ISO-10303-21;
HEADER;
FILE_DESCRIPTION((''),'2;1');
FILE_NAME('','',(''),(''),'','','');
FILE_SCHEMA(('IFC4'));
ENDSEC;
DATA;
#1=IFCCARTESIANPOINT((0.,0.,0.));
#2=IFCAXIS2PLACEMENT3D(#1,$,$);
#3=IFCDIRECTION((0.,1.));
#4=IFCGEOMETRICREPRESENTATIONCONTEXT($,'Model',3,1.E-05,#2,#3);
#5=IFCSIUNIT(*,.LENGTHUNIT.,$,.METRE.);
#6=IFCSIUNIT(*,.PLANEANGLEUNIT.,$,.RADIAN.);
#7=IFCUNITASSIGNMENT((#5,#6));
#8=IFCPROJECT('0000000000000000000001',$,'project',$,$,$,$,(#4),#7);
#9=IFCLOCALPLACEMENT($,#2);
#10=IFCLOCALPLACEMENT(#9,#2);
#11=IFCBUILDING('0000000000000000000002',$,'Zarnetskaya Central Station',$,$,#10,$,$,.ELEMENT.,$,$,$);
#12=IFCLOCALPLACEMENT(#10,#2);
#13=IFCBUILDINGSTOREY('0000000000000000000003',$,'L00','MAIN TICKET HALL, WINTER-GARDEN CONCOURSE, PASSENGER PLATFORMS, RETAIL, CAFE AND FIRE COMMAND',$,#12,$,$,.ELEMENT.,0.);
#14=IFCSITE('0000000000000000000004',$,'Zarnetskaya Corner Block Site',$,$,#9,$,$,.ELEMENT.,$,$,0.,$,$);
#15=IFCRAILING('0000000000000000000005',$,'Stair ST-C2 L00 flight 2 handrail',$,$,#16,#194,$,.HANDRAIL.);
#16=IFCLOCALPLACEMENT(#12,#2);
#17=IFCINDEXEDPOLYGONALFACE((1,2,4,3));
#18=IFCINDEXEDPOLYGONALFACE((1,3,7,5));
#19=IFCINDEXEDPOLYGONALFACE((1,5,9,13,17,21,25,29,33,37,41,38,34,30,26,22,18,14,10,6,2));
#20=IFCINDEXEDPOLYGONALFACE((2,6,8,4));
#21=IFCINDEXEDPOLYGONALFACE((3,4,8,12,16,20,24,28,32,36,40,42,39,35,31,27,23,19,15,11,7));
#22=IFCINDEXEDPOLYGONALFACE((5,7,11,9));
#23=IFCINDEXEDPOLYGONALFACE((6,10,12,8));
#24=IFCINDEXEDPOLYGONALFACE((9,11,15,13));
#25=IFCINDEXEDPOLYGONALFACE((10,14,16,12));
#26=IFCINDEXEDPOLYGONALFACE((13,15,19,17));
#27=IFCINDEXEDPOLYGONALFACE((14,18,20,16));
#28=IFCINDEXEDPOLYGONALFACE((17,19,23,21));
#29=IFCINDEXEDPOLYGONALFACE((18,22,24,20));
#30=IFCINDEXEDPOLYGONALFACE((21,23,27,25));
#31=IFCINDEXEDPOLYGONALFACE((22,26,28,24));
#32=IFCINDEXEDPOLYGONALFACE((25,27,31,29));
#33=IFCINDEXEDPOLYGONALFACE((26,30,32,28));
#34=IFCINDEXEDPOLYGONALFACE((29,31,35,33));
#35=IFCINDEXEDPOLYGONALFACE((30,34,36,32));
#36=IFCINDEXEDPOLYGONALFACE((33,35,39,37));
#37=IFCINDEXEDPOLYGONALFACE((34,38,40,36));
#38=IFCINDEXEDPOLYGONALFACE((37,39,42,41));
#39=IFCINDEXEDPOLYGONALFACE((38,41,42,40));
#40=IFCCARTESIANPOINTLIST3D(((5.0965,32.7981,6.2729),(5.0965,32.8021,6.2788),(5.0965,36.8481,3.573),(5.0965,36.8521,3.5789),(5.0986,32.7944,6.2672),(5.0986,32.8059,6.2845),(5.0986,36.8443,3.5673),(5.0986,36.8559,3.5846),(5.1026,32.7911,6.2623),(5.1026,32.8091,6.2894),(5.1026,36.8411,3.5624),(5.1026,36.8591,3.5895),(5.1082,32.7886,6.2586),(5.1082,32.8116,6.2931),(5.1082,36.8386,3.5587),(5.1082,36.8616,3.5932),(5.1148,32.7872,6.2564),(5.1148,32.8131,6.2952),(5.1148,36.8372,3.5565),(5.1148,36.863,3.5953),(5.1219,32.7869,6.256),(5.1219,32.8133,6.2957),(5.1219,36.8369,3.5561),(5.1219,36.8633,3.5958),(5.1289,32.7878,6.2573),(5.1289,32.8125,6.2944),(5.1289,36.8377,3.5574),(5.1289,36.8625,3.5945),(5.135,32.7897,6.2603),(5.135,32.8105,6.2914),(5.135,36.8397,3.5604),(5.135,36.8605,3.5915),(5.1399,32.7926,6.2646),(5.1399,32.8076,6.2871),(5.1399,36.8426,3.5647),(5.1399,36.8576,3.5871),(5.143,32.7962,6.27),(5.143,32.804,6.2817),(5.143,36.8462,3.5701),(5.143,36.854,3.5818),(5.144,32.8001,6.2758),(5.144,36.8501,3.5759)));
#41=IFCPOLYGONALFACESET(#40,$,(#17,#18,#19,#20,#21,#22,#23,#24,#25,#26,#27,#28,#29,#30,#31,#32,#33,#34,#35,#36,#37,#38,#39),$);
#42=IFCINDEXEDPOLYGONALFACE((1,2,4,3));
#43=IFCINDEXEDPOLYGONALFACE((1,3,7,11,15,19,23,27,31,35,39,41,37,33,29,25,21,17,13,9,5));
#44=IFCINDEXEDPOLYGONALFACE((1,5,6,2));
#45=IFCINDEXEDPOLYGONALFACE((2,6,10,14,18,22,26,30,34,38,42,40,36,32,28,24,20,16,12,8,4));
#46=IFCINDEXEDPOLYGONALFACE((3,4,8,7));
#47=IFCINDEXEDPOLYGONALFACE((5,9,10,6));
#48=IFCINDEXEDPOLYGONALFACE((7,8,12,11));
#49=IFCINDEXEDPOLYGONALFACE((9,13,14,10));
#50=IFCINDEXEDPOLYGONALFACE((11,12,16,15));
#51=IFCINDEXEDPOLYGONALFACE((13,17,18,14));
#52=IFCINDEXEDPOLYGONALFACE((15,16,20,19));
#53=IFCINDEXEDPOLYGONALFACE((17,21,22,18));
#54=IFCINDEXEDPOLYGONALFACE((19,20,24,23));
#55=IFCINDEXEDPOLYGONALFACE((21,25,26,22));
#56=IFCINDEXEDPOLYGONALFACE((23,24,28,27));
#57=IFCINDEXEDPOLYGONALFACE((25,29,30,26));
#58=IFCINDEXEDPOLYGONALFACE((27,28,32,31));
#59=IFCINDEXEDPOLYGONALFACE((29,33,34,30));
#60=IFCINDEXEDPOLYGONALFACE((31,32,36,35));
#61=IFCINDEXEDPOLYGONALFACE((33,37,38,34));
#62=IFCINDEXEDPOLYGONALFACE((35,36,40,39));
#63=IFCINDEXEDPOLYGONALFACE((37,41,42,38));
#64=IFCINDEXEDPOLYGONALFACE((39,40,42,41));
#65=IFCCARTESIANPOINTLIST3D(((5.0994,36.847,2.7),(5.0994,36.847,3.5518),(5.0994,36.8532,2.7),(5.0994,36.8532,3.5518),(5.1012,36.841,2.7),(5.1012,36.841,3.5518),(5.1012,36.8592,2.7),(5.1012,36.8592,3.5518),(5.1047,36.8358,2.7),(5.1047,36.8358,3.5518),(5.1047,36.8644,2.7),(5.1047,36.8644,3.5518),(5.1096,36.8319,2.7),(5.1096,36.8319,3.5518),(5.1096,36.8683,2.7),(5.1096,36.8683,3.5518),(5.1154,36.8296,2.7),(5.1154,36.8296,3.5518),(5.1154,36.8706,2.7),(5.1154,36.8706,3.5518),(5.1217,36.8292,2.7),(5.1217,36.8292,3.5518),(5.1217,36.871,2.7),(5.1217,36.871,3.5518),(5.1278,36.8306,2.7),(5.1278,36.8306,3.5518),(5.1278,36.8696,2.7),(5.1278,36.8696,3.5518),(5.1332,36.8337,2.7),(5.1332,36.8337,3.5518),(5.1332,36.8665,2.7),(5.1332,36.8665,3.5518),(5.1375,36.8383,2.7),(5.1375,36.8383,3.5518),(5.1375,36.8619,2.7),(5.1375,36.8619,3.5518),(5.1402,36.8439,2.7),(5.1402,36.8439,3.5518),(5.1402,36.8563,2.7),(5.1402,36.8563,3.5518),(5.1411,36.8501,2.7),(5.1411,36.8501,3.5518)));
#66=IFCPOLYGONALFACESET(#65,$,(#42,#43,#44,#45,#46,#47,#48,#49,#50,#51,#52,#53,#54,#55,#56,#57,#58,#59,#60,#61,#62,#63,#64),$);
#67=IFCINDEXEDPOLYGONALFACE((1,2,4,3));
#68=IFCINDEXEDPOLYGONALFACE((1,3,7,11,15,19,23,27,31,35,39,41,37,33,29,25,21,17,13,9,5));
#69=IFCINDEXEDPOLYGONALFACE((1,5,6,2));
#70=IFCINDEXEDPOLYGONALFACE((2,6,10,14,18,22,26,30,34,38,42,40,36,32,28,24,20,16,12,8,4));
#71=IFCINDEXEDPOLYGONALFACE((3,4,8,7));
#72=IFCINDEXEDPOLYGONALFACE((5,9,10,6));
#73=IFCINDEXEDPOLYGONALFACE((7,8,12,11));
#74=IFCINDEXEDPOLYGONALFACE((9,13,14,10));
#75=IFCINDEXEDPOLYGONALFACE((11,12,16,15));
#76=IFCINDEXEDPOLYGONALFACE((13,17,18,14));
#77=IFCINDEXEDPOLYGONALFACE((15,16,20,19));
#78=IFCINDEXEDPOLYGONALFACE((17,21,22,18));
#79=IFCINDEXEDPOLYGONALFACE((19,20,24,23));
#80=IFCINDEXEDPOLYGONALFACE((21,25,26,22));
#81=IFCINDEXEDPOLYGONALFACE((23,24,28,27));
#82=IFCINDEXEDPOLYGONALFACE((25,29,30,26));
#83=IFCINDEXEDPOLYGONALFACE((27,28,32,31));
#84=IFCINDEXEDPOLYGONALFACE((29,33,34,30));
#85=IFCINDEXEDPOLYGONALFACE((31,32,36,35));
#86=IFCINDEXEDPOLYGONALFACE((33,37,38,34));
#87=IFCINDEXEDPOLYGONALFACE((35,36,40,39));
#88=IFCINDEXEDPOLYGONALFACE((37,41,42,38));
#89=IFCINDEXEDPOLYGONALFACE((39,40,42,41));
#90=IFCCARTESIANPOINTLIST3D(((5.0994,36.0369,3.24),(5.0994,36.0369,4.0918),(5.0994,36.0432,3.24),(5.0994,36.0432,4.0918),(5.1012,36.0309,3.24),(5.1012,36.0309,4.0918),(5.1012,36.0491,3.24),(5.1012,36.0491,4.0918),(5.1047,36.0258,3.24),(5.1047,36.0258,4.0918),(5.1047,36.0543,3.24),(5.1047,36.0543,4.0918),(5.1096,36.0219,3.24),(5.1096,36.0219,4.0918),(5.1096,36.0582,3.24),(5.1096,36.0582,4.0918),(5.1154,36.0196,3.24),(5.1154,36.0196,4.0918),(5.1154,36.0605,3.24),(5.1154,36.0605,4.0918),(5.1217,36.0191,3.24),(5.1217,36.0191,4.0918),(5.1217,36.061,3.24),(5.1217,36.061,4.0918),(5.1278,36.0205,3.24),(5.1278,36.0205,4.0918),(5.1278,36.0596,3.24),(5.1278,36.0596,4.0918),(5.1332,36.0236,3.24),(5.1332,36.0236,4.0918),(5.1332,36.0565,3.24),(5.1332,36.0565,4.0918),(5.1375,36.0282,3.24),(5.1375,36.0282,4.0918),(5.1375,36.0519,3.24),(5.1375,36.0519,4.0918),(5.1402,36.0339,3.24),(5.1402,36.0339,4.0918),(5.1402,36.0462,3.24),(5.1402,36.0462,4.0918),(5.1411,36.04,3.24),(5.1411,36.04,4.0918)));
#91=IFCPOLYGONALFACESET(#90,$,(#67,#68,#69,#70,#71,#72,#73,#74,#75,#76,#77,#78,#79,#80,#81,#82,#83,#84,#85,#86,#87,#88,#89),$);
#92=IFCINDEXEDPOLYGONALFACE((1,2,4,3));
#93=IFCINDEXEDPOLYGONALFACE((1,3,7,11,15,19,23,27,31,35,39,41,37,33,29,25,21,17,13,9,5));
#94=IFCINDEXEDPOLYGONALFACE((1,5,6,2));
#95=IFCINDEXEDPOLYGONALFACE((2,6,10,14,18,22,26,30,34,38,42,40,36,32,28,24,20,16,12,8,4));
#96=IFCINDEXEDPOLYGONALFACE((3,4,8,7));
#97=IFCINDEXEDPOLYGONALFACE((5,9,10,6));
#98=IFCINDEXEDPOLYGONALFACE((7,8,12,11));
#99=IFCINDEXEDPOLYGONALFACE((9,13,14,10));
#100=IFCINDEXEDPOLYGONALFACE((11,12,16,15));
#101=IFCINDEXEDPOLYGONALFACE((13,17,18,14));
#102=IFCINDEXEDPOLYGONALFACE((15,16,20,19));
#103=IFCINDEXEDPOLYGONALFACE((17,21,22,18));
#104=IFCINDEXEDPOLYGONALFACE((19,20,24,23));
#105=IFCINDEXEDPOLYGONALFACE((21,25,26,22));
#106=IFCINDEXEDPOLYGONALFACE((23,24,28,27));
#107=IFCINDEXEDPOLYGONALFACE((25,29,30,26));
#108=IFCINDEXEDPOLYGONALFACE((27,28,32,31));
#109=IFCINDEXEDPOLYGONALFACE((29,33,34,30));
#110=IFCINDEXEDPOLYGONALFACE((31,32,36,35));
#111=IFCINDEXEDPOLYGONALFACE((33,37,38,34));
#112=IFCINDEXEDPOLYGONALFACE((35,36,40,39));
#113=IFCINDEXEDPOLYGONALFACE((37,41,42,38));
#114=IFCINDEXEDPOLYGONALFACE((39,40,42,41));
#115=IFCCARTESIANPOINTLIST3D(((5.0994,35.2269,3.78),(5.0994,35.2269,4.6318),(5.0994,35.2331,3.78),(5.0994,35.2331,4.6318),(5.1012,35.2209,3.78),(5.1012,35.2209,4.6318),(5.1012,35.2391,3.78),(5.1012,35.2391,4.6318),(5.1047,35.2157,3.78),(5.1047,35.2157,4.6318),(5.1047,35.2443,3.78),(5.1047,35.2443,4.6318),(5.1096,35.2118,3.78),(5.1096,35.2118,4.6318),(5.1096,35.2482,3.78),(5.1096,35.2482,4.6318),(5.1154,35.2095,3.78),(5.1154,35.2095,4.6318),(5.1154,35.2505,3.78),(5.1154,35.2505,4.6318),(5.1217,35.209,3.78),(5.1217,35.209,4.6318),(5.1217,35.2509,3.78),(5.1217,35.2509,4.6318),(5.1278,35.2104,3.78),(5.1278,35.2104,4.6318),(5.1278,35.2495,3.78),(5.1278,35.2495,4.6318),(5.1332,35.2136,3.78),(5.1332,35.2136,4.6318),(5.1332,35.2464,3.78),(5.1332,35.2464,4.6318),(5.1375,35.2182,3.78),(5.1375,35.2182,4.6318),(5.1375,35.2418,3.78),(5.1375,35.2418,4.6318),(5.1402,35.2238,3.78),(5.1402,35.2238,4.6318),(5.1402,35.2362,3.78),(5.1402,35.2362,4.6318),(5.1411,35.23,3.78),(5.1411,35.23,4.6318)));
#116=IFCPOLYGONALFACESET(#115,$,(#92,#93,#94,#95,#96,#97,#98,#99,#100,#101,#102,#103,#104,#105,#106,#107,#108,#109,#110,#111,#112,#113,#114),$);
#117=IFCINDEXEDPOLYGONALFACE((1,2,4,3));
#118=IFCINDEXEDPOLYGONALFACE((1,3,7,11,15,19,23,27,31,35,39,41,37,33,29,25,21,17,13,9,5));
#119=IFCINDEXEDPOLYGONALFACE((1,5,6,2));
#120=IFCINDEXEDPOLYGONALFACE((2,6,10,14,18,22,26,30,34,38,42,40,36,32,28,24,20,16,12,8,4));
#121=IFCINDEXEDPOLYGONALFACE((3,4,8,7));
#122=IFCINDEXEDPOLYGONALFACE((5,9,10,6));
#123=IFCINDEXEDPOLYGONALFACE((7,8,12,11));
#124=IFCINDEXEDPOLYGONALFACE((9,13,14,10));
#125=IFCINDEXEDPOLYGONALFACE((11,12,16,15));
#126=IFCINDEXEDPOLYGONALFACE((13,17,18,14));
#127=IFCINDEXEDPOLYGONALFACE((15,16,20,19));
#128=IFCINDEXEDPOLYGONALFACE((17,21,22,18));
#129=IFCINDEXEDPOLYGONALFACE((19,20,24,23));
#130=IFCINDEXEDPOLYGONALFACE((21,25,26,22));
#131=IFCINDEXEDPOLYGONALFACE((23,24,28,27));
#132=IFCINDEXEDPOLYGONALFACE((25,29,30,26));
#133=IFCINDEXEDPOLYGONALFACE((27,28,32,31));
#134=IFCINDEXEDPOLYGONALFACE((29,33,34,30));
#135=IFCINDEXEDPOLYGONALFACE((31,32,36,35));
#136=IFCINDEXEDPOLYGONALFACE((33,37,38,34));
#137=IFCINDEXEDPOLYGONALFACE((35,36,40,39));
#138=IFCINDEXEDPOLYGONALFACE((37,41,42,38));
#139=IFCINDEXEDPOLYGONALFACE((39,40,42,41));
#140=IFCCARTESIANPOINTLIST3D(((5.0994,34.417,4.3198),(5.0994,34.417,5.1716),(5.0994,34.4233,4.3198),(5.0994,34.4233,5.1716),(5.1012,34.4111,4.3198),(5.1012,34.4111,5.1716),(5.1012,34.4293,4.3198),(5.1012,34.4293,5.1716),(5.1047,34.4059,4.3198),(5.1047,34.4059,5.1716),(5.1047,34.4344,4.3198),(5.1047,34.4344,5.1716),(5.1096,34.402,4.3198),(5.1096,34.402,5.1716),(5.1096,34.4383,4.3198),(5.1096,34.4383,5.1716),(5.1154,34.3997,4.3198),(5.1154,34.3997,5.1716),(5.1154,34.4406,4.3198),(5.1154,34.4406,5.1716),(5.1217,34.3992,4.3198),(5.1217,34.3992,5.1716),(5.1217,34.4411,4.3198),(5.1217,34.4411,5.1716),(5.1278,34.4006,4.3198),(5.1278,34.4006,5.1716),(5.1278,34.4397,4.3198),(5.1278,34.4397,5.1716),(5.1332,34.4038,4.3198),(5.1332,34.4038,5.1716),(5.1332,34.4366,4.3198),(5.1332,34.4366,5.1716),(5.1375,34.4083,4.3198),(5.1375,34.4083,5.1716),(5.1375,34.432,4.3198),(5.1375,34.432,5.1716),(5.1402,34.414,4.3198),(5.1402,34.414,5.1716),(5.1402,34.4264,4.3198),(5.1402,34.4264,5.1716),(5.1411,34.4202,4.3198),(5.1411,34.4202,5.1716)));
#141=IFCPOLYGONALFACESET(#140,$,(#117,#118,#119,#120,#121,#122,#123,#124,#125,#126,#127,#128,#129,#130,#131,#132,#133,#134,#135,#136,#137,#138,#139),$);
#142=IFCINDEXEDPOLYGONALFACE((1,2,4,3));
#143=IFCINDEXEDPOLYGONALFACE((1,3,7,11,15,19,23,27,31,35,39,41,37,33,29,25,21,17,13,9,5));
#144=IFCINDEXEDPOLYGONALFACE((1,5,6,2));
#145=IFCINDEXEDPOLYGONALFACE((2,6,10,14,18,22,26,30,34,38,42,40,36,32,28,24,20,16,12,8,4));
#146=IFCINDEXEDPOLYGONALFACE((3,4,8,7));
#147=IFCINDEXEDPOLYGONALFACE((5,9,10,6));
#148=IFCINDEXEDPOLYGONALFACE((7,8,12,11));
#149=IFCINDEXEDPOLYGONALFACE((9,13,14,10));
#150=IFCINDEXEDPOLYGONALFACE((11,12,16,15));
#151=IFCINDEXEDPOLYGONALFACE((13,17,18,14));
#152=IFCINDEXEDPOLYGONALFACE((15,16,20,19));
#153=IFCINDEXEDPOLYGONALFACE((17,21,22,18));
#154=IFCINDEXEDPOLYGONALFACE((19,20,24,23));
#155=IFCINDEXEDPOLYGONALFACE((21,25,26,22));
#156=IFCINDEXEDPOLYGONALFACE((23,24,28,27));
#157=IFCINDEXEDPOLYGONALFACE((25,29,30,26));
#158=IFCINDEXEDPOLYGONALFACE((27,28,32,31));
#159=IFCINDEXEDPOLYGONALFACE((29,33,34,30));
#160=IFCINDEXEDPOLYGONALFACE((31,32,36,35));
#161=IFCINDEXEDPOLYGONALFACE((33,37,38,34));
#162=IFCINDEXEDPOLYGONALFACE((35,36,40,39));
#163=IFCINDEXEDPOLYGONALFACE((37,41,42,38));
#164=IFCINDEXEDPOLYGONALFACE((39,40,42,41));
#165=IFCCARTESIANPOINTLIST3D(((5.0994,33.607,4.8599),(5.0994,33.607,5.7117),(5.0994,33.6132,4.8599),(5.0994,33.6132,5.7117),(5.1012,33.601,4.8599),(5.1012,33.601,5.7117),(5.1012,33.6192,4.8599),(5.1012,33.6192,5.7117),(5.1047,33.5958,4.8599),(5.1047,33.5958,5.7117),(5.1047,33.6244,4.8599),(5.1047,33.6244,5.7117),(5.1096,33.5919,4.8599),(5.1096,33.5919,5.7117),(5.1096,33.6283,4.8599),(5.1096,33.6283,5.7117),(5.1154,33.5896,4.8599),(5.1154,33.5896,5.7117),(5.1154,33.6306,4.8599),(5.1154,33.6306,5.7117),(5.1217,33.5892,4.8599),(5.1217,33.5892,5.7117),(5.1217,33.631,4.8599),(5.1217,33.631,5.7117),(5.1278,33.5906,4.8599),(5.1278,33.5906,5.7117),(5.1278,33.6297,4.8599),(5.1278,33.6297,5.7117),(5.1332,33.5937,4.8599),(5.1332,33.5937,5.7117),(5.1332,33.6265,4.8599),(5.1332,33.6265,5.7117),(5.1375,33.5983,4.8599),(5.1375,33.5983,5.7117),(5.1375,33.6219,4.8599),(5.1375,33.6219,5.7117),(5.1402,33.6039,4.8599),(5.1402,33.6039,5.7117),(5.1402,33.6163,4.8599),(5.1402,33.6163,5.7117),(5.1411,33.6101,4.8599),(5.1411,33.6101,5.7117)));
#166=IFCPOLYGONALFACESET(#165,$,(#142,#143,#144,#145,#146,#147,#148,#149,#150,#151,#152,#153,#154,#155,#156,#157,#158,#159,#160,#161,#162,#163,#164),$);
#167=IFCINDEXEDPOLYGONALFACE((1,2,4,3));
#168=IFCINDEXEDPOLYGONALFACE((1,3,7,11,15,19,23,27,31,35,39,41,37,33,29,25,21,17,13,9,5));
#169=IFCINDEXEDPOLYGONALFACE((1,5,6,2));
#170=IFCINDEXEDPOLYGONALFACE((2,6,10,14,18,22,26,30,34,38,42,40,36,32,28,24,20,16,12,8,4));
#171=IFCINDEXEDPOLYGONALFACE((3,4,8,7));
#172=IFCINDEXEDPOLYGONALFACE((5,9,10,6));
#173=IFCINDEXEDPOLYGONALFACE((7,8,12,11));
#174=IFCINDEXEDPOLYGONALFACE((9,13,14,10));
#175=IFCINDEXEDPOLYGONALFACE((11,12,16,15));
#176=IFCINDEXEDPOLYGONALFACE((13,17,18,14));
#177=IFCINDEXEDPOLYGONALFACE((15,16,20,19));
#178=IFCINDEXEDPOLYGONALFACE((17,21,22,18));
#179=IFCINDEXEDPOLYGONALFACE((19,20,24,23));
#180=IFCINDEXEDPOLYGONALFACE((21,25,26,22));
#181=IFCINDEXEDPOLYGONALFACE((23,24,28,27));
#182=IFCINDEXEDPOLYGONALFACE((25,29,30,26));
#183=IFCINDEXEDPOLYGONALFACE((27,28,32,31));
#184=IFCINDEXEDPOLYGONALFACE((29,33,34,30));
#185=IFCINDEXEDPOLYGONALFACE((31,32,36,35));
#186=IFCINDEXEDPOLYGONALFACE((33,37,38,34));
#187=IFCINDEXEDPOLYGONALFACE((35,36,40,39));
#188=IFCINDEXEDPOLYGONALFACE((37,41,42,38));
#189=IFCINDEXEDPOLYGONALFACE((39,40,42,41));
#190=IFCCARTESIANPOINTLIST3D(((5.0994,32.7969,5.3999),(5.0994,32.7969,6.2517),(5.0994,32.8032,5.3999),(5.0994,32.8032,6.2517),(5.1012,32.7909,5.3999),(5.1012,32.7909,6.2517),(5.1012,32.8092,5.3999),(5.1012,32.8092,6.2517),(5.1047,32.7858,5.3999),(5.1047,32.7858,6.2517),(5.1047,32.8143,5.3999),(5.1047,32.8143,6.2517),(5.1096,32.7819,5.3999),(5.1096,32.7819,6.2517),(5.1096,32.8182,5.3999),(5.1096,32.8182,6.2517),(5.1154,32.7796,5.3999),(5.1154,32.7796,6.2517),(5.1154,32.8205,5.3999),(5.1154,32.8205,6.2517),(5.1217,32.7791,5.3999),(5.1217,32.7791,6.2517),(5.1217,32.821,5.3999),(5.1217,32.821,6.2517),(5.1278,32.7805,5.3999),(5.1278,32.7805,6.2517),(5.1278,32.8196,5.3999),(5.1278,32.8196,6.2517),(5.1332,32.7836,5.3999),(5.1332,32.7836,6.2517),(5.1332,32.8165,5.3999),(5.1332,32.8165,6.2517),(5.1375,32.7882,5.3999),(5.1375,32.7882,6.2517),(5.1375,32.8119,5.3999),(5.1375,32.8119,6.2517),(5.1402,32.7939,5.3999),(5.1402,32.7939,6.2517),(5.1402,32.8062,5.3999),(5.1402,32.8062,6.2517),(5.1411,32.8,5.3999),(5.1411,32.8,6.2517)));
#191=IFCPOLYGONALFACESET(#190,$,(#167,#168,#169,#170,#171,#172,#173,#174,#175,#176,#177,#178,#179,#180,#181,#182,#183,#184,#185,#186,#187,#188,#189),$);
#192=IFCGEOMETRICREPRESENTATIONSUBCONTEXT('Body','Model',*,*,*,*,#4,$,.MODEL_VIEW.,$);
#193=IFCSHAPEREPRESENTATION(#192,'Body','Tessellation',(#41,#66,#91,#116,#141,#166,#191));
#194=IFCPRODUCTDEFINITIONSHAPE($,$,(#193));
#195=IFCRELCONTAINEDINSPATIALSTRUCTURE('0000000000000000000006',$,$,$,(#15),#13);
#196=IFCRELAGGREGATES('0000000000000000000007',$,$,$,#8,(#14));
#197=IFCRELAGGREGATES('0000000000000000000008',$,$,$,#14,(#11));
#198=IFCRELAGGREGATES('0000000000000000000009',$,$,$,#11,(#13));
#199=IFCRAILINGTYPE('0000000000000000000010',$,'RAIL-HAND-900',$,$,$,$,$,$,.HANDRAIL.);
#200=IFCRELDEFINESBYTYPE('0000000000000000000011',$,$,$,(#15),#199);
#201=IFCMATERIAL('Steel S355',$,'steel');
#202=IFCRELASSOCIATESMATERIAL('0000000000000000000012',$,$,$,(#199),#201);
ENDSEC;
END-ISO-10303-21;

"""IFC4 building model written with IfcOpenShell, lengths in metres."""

from ifc_helpers import new_model, si_unit, direction, frame, origin, origin_2d, place, context, subcontext, project, spatial, circle, extrude, material, type_object, element, save


model = new_model("IFC4")

# Units and contexts
model_context = context("Model", 3, precision=1e-05, world=origin(), true_north=direction((0.0, 1.0)))
body_context = subcontext(model_context, "Body", "Model", "MODEL_VIEW")
ifc_project = project(units=[si_unit("LENGTHUNIT", "METRE"), si_unit("PLANEANGLEUNIT", "RADIAN")], contexts=[model_context])

# Site, building, storey
site_placement = place(None, origin())
site = spatial("IfcSite", under=ifc_project, at=site_placement, Name="Zarnetskaya Corner Block Site", CompositionType="ELEMENT", RefElevation=0.0)
building_placement = place(site_placement, origin())
building = spatial("IfcBuilding", under=site, at=building_placement, Name="Zarnetskaya Central Station", CompositionType="ELEMENT")
storey_placement = place(building_placement, origin())
storey = spatial("IfcBuildingStorey", under=building, at=storey_placement, Name="L00", Description="MAIN TICKET HALL, WINTER-GARDEN CONCOURSE, PASSENGER PLATFORMS, RETAIL, CAFE AND FIRE COMMAND", CompositionType="ELEMENT", Elevation=0.0)

# Shared definitions
ifc_material_1 = material(Name="Steel S355", Category="steel")

# Railing
railing_type_1 = type_object("IfcRailingType", Name="RAIL-HAND-900", PredefinedType="HANDRAIL", material=ifc_material_1)
railing_1_placement = place(storey_placement, frame((5.1201, 36.8501, 2.7)))
element("IfcRailing", 1, at=railing_1_placement, inside=storey, type_object=railing_type_1, Name="Stair ST-C2 L00 flight 2 handrail", PredefinedType="HANDRAIL", context=body_context, shape_type="SweptSolid", body=[
    extrude(circle(Radius=0.0239, at=origin_2d()), frame((0.0, 0.0, 0.876), z_axis=(0.0, -0.832058, 0.554689), x_axis=(1.0, 0.0, 0.0)), (0.0, 0.0, 1.0), 4.8674),
    extrude(circle(Radius=0.021, at=origin_2d()), origin(), (0.0, 0.0, 1.0), 0.8518),
    extrude(circle(Radius=0.021, at=origin_2d()), frame((0.0, -0.8101, 0.54)), (0.0, 0.0, 1.0), 0.8518),
    extrude(circle(Radius=0.021, at=origin_2d()), frame((0.0, -1.6201, 1.0801)), (0.0, 0.0, 1.0), 0.8518),
    extrude(circle(Radius=0.021, at=origin_2d()), frame((0.0, -2.4299, 1.6199)), (0.0, 0.0, 1.0), 0.8518),
    extrude(circle(Radius=0.021, at=origin_2d()), frame((0.0, -3.24, 2.1599)), (0.0, 0.0, 1.0), 0.8518),
    extrude(circle(Radius=0.021, at=origin_2d()), frame((0.0, -4.05, 2.7)), (0.0, 0.0, 1.0), 0.8518),
])

save(model, "model.ifc")
